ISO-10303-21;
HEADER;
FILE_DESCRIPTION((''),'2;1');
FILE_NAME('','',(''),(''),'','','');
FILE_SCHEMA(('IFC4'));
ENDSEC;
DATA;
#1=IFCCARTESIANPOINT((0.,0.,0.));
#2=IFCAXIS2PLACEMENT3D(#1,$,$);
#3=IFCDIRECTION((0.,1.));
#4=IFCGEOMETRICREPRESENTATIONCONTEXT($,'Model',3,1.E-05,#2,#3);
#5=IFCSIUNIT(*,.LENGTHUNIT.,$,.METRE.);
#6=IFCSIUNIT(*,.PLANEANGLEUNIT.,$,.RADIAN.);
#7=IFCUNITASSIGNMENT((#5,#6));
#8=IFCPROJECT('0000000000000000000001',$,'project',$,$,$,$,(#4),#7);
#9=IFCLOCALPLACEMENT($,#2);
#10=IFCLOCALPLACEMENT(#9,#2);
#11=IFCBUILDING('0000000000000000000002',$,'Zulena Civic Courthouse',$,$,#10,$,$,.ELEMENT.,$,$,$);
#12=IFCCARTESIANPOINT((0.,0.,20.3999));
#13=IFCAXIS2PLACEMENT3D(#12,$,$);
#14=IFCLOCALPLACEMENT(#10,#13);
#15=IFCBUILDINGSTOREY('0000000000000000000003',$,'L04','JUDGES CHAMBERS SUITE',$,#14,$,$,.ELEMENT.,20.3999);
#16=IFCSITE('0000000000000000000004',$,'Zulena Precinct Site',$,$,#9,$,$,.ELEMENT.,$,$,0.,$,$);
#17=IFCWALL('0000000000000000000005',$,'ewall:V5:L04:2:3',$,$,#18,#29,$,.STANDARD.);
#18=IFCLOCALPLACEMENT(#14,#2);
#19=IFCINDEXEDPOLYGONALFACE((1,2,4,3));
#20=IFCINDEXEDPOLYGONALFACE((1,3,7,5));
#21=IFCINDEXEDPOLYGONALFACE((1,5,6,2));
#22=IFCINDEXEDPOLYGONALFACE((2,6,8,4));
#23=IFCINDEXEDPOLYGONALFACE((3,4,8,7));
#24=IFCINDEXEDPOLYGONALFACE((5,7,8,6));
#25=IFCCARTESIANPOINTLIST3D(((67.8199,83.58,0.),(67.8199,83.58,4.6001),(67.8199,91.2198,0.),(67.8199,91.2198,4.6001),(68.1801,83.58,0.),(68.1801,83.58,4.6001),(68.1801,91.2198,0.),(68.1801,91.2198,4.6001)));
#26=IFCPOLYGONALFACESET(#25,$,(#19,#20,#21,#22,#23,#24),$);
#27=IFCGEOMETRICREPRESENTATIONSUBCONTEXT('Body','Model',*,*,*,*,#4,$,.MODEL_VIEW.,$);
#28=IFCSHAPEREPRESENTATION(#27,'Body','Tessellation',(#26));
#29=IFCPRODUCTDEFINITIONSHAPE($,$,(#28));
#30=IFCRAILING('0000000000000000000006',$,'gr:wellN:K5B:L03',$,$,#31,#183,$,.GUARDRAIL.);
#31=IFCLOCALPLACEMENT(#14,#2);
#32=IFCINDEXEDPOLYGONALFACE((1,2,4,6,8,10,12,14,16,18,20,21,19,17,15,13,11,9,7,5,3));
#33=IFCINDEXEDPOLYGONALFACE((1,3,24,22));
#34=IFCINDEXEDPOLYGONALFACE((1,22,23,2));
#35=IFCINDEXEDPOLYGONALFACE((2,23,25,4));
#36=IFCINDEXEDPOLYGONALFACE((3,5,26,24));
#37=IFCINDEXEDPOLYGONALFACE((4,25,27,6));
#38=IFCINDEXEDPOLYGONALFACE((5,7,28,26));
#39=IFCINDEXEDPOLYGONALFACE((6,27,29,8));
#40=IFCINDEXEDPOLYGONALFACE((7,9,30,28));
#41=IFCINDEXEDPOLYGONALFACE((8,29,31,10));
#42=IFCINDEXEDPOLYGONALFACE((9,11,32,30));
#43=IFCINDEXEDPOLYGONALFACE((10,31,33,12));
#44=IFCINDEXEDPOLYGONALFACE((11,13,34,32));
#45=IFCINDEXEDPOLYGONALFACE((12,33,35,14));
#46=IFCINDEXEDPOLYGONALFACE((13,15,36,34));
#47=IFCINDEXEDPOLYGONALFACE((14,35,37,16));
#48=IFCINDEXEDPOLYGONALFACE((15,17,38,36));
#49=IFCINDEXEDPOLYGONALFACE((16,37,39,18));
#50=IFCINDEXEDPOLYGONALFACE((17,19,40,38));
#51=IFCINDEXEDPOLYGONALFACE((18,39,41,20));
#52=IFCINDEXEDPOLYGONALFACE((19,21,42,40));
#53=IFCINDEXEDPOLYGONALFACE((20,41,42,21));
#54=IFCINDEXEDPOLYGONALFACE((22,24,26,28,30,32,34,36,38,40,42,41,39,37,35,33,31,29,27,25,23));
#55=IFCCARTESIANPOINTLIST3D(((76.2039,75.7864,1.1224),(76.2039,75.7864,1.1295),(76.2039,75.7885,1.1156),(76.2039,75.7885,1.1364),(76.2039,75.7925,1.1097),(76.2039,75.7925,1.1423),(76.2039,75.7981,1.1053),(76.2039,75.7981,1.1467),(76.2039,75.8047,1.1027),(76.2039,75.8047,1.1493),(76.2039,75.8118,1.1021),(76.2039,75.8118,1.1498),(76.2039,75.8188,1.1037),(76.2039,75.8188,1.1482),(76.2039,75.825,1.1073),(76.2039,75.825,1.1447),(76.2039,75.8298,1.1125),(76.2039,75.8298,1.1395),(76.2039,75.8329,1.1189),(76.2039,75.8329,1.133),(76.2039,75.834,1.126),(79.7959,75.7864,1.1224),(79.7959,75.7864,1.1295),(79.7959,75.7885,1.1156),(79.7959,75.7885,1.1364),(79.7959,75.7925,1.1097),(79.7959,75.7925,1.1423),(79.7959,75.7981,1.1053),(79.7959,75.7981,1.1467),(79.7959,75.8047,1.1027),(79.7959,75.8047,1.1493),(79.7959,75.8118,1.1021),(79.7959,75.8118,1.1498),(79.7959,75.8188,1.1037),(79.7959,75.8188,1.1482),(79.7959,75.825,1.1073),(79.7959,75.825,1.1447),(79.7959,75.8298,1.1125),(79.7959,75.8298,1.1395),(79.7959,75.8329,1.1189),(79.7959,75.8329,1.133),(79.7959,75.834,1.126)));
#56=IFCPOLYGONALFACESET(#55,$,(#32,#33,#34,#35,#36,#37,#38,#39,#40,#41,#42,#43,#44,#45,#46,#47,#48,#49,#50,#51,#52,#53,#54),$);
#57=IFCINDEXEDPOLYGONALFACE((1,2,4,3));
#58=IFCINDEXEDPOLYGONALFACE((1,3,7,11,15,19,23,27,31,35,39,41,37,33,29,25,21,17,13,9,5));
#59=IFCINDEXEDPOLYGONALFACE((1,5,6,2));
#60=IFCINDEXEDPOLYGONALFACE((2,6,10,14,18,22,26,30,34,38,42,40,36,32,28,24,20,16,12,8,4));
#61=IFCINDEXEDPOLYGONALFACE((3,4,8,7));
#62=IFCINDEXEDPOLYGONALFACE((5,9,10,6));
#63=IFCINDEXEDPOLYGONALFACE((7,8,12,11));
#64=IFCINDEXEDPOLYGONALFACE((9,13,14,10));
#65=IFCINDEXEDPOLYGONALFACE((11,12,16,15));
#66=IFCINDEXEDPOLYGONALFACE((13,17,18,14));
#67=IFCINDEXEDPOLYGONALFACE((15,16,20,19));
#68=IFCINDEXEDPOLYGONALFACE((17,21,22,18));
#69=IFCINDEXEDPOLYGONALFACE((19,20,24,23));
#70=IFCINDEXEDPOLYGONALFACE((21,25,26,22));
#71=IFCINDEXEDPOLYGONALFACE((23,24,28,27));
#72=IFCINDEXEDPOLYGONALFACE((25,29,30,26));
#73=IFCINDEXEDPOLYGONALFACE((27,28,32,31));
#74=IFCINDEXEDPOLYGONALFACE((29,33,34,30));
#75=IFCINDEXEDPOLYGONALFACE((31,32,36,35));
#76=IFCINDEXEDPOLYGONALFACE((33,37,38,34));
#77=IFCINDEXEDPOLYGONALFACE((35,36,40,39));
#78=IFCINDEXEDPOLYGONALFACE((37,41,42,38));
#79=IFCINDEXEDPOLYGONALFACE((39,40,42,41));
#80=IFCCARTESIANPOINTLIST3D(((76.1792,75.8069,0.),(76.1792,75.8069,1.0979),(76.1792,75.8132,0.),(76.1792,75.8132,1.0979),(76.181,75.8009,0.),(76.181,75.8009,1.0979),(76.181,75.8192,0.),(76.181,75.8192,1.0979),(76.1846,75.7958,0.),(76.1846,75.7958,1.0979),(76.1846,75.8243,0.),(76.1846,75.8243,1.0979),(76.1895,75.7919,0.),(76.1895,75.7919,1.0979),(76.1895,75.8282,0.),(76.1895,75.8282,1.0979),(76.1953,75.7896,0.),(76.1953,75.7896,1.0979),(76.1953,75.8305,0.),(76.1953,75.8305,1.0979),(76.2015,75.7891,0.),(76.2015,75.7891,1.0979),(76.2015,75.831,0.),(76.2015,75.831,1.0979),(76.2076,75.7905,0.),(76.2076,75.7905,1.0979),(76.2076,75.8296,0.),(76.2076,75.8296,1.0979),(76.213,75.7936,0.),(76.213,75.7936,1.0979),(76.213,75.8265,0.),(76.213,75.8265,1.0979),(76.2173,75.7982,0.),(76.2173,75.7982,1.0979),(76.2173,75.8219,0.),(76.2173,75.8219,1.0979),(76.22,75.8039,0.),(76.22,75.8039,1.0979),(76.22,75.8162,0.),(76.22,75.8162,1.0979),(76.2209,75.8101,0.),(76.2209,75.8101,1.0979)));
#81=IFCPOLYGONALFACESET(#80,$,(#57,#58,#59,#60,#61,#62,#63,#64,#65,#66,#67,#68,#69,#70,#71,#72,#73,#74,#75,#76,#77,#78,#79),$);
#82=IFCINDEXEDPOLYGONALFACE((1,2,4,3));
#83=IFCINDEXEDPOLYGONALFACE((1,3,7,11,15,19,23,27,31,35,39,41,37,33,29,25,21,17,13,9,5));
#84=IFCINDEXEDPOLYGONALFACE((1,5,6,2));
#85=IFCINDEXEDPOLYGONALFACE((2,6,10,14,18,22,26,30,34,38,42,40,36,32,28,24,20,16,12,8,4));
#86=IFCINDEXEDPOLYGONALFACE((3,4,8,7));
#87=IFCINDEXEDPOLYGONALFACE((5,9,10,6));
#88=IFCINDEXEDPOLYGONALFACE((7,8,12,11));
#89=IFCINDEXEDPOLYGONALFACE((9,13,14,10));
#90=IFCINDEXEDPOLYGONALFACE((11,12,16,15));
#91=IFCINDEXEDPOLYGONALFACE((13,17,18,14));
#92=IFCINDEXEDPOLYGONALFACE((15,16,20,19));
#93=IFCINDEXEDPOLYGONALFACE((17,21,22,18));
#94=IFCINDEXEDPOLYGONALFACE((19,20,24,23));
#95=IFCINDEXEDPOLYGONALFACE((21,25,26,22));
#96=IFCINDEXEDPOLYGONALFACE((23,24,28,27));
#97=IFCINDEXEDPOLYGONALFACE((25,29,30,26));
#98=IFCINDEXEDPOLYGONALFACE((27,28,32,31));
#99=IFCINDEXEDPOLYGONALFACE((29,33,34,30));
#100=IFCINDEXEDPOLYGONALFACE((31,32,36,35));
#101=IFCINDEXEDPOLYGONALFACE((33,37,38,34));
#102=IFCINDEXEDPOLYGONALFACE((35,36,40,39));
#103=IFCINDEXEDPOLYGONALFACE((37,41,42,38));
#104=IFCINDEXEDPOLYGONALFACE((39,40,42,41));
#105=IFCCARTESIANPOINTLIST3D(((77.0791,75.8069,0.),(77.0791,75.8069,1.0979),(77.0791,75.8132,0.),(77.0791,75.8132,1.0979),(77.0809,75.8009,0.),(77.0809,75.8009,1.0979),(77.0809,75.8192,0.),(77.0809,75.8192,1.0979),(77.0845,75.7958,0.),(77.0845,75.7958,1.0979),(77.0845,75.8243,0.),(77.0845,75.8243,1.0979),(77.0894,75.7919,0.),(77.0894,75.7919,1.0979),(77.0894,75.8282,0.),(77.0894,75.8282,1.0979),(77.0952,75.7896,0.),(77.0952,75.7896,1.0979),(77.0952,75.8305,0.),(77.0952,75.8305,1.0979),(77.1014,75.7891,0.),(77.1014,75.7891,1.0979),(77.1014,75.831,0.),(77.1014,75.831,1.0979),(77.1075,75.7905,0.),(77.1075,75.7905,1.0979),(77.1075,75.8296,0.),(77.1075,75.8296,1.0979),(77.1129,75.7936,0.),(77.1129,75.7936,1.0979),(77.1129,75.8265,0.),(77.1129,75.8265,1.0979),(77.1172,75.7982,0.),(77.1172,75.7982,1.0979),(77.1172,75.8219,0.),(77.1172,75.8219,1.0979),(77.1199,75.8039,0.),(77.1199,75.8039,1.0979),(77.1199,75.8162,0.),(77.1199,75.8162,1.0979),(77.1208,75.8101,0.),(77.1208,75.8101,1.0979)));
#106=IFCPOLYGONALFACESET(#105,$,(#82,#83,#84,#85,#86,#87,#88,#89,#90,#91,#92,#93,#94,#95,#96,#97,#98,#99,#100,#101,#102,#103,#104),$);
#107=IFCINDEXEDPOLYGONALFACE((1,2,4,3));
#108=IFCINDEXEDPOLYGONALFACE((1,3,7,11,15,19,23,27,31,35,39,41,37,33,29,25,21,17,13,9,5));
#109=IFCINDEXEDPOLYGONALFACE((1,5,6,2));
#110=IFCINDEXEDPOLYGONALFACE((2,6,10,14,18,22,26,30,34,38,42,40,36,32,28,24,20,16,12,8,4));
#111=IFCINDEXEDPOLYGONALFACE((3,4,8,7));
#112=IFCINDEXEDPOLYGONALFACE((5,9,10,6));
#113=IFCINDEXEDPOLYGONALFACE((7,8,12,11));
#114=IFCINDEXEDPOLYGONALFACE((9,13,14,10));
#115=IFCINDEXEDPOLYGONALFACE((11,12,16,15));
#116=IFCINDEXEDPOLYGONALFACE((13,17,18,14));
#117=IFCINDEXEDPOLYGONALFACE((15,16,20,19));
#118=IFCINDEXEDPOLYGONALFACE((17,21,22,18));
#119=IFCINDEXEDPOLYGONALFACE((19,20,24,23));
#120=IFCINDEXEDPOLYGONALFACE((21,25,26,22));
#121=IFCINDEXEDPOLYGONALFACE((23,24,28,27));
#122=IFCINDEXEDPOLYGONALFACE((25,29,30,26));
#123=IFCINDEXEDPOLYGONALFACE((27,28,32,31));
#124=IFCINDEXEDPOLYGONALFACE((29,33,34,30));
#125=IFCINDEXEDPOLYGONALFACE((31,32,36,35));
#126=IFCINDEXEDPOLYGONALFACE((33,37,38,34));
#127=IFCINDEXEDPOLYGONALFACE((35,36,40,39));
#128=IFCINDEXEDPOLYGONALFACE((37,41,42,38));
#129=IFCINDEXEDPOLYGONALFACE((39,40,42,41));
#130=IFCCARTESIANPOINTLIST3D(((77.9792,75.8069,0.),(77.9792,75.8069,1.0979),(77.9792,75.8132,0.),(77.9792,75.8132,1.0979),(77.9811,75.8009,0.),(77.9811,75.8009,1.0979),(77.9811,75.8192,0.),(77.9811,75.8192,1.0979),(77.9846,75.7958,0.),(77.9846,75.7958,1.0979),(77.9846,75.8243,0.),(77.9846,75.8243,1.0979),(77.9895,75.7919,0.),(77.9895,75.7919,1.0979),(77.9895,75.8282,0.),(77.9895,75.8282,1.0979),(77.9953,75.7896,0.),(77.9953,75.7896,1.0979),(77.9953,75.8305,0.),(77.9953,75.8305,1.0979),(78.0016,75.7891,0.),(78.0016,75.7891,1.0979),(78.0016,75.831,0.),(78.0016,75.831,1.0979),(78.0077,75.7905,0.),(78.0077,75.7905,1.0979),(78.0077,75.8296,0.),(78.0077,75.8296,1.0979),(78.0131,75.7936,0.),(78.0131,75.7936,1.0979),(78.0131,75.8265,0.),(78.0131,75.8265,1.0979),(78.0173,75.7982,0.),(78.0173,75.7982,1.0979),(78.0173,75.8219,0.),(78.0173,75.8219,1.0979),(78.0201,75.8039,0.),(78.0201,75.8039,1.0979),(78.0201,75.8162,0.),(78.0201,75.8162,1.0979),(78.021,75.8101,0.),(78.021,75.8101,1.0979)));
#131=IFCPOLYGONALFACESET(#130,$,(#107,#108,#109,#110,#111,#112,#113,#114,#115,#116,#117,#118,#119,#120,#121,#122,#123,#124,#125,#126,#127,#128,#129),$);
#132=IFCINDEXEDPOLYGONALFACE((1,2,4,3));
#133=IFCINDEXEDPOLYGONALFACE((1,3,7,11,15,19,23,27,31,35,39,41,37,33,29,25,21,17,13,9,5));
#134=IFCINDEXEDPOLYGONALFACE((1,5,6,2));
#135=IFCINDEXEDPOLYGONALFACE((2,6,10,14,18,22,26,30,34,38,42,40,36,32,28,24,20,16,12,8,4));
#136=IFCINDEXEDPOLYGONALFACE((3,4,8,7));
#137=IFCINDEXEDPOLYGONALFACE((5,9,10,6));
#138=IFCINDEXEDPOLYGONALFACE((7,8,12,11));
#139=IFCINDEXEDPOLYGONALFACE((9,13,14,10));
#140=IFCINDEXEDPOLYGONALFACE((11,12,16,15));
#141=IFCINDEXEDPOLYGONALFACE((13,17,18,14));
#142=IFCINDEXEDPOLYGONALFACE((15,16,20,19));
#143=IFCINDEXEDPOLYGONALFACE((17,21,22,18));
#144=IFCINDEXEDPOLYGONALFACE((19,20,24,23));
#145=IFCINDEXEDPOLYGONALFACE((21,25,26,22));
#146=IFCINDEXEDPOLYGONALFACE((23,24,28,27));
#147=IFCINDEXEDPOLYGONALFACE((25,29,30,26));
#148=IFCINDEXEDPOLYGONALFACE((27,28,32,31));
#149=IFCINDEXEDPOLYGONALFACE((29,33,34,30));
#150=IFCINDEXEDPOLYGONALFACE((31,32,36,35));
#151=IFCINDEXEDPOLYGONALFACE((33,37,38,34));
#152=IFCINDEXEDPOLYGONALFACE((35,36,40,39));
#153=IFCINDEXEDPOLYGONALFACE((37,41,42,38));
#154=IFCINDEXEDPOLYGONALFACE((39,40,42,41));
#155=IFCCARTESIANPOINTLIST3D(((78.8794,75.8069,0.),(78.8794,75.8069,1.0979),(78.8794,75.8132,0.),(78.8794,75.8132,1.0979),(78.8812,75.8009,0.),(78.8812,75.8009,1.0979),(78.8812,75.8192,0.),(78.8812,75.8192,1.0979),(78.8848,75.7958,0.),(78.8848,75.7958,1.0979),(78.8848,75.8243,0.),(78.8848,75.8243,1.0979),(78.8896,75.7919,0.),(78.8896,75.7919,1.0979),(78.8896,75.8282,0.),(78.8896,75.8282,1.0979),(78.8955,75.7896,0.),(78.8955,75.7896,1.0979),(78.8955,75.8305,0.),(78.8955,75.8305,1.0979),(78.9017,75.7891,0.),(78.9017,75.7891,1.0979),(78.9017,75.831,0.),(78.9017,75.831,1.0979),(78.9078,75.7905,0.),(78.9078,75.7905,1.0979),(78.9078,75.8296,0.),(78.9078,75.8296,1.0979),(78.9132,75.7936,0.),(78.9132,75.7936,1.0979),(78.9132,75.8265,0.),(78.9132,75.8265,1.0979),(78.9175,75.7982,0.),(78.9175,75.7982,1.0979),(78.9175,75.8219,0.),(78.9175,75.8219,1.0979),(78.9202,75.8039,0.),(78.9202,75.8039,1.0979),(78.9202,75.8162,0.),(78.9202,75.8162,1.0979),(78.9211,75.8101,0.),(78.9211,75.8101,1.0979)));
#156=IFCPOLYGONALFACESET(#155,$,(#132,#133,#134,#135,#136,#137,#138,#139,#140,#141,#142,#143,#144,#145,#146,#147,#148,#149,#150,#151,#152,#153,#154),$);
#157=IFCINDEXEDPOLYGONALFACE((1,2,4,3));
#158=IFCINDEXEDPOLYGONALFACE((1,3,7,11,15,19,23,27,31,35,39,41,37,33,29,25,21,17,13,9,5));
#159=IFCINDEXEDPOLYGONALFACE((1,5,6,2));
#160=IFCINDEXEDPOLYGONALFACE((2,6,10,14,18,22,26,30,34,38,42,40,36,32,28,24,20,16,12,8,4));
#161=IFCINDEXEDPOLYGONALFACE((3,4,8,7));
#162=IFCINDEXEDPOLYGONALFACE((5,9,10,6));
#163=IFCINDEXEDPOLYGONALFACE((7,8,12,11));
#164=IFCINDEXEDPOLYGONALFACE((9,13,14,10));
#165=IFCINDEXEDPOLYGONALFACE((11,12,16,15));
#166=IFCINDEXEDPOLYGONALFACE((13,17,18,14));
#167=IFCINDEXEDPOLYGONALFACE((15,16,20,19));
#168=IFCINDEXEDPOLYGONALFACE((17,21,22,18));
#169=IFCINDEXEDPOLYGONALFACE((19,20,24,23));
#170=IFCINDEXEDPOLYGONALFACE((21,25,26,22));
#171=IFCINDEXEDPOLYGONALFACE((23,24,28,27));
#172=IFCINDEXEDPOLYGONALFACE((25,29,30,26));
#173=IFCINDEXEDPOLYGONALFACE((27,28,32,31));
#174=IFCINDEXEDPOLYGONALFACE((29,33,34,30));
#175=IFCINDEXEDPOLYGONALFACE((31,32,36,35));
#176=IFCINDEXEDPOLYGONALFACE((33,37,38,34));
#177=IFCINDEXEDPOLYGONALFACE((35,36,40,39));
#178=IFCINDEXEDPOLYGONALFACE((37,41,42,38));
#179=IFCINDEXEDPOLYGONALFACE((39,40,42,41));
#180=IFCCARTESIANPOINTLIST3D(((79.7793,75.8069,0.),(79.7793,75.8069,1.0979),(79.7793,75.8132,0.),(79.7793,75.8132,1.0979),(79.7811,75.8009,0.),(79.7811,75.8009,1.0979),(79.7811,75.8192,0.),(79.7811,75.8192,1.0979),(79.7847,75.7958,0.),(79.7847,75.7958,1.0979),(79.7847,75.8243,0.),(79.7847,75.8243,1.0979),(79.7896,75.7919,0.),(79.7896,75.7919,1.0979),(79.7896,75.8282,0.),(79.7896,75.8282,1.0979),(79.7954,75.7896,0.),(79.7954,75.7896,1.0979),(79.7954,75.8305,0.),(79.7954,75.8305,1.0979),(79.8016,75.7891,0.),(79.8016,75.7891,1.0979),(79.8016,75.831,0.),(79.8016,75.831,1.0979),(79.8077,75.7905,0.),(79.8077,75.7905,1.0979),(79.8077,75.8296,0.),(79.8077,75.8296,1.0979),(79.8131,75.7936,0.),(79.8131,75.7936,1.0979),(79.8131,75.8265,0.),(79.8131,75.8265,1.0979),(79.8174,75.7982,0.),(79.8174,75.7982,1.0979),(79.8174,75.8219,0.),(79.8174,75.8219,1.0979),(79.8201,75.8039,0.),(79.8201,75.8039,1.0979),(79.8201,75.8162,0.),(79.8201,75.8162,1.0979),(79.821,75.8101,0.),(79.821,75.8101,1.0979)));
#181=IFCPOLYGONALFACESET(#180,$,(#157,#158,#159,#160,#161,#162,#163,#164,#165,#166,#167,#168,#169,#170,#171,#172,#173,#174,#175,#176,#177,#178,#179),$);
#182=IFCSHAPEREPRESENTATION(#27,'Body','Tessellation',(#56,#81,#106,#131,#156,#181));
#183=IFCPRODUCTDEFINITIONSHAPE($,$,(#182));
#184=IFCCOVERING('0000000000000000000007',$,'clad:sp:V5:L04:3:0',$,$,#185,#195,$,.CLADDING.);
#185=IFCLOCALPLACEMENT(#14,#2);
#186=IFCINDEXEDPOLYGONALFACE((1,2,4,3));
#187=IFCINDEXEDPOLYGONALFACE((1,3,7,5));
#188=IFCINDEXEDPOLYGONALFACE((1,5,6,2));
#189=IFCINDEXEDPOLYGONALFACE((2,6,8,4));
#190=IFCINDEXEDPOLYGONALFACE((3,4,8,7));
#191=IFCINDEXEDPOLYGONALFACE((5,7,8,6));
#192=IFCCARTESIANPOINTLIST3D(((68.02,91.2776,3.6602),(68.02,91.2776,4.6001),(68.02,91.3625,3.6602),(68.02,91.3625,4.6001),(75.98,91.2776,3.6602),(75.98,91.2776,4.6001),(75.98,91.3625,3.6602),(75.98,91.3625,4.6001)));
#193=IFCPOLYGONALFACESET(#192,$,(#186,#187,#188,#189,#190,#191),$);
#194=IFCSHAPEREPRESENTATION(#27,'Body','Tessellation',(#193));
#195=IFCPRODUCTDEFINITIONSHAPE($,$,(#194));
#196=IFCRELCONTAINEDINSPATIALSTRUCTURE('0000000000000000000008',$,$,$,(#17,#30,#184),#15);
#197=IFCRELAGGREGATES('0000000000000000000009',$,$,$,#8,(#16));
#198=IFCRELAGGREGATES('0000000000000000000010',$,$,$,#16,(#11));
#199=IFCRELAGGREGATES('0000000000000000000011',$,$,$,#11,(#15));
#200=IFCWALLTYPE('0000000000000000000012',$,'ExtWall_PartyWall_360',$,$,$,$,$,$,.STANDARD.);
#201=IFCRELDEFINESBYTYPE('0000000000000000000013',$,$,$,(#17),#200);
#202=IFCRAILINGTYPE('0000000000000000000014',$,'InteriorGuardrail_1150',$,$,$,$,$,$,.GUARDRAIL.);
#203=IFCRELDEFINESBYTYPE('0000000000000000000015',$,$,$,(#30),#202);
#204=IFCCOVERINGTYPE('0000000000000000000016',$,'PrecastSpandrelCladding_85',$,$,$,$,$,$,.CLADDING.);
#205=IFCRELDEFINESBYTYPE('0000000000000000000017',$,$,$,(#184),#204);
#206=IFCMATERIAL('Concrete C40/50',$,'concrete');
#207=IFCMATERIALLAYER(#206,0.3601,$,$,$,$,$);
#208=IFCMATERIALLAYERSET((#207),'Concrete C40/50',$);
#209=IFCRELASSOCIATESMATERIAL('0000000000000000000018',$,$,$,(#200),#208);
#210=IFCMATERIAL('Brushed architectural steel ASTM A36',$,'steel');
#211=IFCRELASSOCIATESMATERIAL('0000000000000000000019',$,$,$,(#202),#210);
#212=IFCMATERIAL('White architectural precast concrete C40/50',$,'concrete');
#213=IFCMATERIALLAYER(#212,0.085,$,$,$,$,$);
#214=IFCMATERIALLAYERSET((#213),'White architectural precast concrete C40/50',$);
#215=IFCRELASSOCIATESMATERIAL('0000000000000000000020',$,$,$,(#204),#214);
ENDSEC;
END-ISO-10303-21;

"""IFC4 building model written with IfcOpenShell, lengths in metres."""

from ifc_helpers import new_model, si_unit, direction, frame, frame_2d, origin, origin_2d, place, context, subcontext, project, spatial, rectangle, circle, extrude, material, layer, layer_set, type_object, element, save


model = new_model("IFC4")

# Units and contexts
model_context = context("Model", 3, precision=1e-05, world=origin(), true_north=direction((0.0, 1.0)))
body_context = subcontext(model_context, "Body", "Model", "MODEL_VIEW")
ifc_project = project(units=[si_unit("LENGTHUNIT", "METRE"), si_unit("PLANEANGLEUNIT", "RADIAN")], contexts=[model_context])

# Site, building, storey
site_placement = place(None, origin())
site = spatial("IfcSite", under=ifc_project, at=site_placement, Name="Zulena Precinct Site", CompositionType="ELEMENT", RefElevation=0.0)
building_placement = place(site_placement, origin())
building = spatial("IfcBuilding", under=site, at=building_placement, Name="Zulena Civic Courthouse", CompositionType="ELEMENT")
storey_placement = place(building_placement, frame((0.0, 0.0, 20.3999)))
storey = spatial("IfcBuildingStorey", under=building, at=storey_placement, Name="L04", Description="JUDGES CHAMBERS SUITE", CompositionType="ELEMENT", Elevation=20.3999)

# Shared definitions
ifc_material_1 = material(Name="Concrete C40/50", Category="concrete")

# Wall
ifc_layer_1 = layer(ifc_material_1, 0.3601)
ifc_layer_set_1 = layer_set([ifc_layer_1], Name="Concrete C40/50")
wall_type_1 = type_object("IfcWallType", Name="ExtWall_PartyWall_360", PredefinedType="STANDARD", material=ifc_layer_set_1)
wall_1_placement = place(storey_placement, frame((68.0, 83.5801, 0.0), z_axis=(0.0, 0.0, 1.0), x_axis=(0.0, 1.0, 0.0)))
element("IfcWall", 1, at=wall_1_placement, inside=storey, type_object=wall_type_1, Name="ewall:V5:L04:2:3", PredefinedType="STANDARD", context=body_context, shape_type="SweptSolid", body=[
    extrude(rectangle(XDim=7.6399, YDim=0.3601, at=frame_2d((3.8198, 0.0))), origin(), (0.0, 0.0, 1.0), 4.6001),
])

# Railing
ifc_material_2 = material(Name="Brushed architectural steel ASTM A36", Category="steel")
railing_type = type_object("IfcRailingType", Name="InteriorGuardrail_1150", PredefinedType="GUARDRAIL", material=ifc_material_2)
railing_placement = place(storey_placement, frame((76.2, 75.8101, 0.0)))
element("IfcRailing", 2, at=railing_placement, inside=storey, type_object=railing_type, Name="gr:wellN:K5B:L03", PredefinedType="GUARDRAIL", context=body_context, shape_type="SweptSolid", body=[
    extrude(circle(Radius=0.0239, at=origin_2d()), frame((0.0039, 0.0, 1.126), z_axis=(1.0, 0.0, 0.0), x_axis=(0.0, 1.0, 0.0)), (0.0, 0.0, 1.0), 3.592),
    extrude(circle(Radius=0.021, at=origin_2d()), origin(), (0.0, 0.0, 1.0), 1.0979),
    extrude(circle(Radius=0.021, at=origin_2d()), frame((0.8999, 0.0, 0.0)), (0.0, 0.0, 1.0), 1.0979),
    extrude(circle(Radius=0.021, at=origin_2d()), frame((1.8, 0.0, 0.0)), (0.0, 0.0, 1.0), 1.0979),
    extrude(circle(Radius=0.021, at=origin_2d()), frame((2.7002, 0.0, 0.0)), (0.0, 0.0, 1.0), 1.0979),
    extrude(circle(Radius=0.021, at=origin_2d()), frame((3.6001, 0.0, 0.0)), (0.0, 0.0, 1.0), 1.0979),
])

# Covering
ifc_material_3 = material(Name="White architectural precast concrete C40/50", Category="concrete")
ifc_layer_2 = layer(ifc_material_3, 0.085)
ifc_layer_set_2 = layer_set([ifc_layer_2], Name="White architectural precast concrete C40/50")
covering_type = type_object("IfcCoveringType", Name="PrecastSpandrelCladding_85", PredefinedType="CLADDING", material=ifc_layer_set_2)
covering_placement = place(storey_placement, frame((72.0, 91.3201, 3.6602), z_axis=(0.0, 0.0, 1.0), x_axis=(1.0, 0.0, 0.0)))
element("IfcCovering", 3, at=covering_placement, inside=storey, type_object=covering_type, Name="clad:sp:V5:L04:3:0", PredefinedType="CLADDING", context=body_context, shape_type="SweptSolid", body=[
    extrude(rectangle(XDim=7.96, YDim=0.085, at=origin_2d()), origin(), (0.0, 0.0, 1.0), 0.9399),
])

save(model, "model.ifc")
